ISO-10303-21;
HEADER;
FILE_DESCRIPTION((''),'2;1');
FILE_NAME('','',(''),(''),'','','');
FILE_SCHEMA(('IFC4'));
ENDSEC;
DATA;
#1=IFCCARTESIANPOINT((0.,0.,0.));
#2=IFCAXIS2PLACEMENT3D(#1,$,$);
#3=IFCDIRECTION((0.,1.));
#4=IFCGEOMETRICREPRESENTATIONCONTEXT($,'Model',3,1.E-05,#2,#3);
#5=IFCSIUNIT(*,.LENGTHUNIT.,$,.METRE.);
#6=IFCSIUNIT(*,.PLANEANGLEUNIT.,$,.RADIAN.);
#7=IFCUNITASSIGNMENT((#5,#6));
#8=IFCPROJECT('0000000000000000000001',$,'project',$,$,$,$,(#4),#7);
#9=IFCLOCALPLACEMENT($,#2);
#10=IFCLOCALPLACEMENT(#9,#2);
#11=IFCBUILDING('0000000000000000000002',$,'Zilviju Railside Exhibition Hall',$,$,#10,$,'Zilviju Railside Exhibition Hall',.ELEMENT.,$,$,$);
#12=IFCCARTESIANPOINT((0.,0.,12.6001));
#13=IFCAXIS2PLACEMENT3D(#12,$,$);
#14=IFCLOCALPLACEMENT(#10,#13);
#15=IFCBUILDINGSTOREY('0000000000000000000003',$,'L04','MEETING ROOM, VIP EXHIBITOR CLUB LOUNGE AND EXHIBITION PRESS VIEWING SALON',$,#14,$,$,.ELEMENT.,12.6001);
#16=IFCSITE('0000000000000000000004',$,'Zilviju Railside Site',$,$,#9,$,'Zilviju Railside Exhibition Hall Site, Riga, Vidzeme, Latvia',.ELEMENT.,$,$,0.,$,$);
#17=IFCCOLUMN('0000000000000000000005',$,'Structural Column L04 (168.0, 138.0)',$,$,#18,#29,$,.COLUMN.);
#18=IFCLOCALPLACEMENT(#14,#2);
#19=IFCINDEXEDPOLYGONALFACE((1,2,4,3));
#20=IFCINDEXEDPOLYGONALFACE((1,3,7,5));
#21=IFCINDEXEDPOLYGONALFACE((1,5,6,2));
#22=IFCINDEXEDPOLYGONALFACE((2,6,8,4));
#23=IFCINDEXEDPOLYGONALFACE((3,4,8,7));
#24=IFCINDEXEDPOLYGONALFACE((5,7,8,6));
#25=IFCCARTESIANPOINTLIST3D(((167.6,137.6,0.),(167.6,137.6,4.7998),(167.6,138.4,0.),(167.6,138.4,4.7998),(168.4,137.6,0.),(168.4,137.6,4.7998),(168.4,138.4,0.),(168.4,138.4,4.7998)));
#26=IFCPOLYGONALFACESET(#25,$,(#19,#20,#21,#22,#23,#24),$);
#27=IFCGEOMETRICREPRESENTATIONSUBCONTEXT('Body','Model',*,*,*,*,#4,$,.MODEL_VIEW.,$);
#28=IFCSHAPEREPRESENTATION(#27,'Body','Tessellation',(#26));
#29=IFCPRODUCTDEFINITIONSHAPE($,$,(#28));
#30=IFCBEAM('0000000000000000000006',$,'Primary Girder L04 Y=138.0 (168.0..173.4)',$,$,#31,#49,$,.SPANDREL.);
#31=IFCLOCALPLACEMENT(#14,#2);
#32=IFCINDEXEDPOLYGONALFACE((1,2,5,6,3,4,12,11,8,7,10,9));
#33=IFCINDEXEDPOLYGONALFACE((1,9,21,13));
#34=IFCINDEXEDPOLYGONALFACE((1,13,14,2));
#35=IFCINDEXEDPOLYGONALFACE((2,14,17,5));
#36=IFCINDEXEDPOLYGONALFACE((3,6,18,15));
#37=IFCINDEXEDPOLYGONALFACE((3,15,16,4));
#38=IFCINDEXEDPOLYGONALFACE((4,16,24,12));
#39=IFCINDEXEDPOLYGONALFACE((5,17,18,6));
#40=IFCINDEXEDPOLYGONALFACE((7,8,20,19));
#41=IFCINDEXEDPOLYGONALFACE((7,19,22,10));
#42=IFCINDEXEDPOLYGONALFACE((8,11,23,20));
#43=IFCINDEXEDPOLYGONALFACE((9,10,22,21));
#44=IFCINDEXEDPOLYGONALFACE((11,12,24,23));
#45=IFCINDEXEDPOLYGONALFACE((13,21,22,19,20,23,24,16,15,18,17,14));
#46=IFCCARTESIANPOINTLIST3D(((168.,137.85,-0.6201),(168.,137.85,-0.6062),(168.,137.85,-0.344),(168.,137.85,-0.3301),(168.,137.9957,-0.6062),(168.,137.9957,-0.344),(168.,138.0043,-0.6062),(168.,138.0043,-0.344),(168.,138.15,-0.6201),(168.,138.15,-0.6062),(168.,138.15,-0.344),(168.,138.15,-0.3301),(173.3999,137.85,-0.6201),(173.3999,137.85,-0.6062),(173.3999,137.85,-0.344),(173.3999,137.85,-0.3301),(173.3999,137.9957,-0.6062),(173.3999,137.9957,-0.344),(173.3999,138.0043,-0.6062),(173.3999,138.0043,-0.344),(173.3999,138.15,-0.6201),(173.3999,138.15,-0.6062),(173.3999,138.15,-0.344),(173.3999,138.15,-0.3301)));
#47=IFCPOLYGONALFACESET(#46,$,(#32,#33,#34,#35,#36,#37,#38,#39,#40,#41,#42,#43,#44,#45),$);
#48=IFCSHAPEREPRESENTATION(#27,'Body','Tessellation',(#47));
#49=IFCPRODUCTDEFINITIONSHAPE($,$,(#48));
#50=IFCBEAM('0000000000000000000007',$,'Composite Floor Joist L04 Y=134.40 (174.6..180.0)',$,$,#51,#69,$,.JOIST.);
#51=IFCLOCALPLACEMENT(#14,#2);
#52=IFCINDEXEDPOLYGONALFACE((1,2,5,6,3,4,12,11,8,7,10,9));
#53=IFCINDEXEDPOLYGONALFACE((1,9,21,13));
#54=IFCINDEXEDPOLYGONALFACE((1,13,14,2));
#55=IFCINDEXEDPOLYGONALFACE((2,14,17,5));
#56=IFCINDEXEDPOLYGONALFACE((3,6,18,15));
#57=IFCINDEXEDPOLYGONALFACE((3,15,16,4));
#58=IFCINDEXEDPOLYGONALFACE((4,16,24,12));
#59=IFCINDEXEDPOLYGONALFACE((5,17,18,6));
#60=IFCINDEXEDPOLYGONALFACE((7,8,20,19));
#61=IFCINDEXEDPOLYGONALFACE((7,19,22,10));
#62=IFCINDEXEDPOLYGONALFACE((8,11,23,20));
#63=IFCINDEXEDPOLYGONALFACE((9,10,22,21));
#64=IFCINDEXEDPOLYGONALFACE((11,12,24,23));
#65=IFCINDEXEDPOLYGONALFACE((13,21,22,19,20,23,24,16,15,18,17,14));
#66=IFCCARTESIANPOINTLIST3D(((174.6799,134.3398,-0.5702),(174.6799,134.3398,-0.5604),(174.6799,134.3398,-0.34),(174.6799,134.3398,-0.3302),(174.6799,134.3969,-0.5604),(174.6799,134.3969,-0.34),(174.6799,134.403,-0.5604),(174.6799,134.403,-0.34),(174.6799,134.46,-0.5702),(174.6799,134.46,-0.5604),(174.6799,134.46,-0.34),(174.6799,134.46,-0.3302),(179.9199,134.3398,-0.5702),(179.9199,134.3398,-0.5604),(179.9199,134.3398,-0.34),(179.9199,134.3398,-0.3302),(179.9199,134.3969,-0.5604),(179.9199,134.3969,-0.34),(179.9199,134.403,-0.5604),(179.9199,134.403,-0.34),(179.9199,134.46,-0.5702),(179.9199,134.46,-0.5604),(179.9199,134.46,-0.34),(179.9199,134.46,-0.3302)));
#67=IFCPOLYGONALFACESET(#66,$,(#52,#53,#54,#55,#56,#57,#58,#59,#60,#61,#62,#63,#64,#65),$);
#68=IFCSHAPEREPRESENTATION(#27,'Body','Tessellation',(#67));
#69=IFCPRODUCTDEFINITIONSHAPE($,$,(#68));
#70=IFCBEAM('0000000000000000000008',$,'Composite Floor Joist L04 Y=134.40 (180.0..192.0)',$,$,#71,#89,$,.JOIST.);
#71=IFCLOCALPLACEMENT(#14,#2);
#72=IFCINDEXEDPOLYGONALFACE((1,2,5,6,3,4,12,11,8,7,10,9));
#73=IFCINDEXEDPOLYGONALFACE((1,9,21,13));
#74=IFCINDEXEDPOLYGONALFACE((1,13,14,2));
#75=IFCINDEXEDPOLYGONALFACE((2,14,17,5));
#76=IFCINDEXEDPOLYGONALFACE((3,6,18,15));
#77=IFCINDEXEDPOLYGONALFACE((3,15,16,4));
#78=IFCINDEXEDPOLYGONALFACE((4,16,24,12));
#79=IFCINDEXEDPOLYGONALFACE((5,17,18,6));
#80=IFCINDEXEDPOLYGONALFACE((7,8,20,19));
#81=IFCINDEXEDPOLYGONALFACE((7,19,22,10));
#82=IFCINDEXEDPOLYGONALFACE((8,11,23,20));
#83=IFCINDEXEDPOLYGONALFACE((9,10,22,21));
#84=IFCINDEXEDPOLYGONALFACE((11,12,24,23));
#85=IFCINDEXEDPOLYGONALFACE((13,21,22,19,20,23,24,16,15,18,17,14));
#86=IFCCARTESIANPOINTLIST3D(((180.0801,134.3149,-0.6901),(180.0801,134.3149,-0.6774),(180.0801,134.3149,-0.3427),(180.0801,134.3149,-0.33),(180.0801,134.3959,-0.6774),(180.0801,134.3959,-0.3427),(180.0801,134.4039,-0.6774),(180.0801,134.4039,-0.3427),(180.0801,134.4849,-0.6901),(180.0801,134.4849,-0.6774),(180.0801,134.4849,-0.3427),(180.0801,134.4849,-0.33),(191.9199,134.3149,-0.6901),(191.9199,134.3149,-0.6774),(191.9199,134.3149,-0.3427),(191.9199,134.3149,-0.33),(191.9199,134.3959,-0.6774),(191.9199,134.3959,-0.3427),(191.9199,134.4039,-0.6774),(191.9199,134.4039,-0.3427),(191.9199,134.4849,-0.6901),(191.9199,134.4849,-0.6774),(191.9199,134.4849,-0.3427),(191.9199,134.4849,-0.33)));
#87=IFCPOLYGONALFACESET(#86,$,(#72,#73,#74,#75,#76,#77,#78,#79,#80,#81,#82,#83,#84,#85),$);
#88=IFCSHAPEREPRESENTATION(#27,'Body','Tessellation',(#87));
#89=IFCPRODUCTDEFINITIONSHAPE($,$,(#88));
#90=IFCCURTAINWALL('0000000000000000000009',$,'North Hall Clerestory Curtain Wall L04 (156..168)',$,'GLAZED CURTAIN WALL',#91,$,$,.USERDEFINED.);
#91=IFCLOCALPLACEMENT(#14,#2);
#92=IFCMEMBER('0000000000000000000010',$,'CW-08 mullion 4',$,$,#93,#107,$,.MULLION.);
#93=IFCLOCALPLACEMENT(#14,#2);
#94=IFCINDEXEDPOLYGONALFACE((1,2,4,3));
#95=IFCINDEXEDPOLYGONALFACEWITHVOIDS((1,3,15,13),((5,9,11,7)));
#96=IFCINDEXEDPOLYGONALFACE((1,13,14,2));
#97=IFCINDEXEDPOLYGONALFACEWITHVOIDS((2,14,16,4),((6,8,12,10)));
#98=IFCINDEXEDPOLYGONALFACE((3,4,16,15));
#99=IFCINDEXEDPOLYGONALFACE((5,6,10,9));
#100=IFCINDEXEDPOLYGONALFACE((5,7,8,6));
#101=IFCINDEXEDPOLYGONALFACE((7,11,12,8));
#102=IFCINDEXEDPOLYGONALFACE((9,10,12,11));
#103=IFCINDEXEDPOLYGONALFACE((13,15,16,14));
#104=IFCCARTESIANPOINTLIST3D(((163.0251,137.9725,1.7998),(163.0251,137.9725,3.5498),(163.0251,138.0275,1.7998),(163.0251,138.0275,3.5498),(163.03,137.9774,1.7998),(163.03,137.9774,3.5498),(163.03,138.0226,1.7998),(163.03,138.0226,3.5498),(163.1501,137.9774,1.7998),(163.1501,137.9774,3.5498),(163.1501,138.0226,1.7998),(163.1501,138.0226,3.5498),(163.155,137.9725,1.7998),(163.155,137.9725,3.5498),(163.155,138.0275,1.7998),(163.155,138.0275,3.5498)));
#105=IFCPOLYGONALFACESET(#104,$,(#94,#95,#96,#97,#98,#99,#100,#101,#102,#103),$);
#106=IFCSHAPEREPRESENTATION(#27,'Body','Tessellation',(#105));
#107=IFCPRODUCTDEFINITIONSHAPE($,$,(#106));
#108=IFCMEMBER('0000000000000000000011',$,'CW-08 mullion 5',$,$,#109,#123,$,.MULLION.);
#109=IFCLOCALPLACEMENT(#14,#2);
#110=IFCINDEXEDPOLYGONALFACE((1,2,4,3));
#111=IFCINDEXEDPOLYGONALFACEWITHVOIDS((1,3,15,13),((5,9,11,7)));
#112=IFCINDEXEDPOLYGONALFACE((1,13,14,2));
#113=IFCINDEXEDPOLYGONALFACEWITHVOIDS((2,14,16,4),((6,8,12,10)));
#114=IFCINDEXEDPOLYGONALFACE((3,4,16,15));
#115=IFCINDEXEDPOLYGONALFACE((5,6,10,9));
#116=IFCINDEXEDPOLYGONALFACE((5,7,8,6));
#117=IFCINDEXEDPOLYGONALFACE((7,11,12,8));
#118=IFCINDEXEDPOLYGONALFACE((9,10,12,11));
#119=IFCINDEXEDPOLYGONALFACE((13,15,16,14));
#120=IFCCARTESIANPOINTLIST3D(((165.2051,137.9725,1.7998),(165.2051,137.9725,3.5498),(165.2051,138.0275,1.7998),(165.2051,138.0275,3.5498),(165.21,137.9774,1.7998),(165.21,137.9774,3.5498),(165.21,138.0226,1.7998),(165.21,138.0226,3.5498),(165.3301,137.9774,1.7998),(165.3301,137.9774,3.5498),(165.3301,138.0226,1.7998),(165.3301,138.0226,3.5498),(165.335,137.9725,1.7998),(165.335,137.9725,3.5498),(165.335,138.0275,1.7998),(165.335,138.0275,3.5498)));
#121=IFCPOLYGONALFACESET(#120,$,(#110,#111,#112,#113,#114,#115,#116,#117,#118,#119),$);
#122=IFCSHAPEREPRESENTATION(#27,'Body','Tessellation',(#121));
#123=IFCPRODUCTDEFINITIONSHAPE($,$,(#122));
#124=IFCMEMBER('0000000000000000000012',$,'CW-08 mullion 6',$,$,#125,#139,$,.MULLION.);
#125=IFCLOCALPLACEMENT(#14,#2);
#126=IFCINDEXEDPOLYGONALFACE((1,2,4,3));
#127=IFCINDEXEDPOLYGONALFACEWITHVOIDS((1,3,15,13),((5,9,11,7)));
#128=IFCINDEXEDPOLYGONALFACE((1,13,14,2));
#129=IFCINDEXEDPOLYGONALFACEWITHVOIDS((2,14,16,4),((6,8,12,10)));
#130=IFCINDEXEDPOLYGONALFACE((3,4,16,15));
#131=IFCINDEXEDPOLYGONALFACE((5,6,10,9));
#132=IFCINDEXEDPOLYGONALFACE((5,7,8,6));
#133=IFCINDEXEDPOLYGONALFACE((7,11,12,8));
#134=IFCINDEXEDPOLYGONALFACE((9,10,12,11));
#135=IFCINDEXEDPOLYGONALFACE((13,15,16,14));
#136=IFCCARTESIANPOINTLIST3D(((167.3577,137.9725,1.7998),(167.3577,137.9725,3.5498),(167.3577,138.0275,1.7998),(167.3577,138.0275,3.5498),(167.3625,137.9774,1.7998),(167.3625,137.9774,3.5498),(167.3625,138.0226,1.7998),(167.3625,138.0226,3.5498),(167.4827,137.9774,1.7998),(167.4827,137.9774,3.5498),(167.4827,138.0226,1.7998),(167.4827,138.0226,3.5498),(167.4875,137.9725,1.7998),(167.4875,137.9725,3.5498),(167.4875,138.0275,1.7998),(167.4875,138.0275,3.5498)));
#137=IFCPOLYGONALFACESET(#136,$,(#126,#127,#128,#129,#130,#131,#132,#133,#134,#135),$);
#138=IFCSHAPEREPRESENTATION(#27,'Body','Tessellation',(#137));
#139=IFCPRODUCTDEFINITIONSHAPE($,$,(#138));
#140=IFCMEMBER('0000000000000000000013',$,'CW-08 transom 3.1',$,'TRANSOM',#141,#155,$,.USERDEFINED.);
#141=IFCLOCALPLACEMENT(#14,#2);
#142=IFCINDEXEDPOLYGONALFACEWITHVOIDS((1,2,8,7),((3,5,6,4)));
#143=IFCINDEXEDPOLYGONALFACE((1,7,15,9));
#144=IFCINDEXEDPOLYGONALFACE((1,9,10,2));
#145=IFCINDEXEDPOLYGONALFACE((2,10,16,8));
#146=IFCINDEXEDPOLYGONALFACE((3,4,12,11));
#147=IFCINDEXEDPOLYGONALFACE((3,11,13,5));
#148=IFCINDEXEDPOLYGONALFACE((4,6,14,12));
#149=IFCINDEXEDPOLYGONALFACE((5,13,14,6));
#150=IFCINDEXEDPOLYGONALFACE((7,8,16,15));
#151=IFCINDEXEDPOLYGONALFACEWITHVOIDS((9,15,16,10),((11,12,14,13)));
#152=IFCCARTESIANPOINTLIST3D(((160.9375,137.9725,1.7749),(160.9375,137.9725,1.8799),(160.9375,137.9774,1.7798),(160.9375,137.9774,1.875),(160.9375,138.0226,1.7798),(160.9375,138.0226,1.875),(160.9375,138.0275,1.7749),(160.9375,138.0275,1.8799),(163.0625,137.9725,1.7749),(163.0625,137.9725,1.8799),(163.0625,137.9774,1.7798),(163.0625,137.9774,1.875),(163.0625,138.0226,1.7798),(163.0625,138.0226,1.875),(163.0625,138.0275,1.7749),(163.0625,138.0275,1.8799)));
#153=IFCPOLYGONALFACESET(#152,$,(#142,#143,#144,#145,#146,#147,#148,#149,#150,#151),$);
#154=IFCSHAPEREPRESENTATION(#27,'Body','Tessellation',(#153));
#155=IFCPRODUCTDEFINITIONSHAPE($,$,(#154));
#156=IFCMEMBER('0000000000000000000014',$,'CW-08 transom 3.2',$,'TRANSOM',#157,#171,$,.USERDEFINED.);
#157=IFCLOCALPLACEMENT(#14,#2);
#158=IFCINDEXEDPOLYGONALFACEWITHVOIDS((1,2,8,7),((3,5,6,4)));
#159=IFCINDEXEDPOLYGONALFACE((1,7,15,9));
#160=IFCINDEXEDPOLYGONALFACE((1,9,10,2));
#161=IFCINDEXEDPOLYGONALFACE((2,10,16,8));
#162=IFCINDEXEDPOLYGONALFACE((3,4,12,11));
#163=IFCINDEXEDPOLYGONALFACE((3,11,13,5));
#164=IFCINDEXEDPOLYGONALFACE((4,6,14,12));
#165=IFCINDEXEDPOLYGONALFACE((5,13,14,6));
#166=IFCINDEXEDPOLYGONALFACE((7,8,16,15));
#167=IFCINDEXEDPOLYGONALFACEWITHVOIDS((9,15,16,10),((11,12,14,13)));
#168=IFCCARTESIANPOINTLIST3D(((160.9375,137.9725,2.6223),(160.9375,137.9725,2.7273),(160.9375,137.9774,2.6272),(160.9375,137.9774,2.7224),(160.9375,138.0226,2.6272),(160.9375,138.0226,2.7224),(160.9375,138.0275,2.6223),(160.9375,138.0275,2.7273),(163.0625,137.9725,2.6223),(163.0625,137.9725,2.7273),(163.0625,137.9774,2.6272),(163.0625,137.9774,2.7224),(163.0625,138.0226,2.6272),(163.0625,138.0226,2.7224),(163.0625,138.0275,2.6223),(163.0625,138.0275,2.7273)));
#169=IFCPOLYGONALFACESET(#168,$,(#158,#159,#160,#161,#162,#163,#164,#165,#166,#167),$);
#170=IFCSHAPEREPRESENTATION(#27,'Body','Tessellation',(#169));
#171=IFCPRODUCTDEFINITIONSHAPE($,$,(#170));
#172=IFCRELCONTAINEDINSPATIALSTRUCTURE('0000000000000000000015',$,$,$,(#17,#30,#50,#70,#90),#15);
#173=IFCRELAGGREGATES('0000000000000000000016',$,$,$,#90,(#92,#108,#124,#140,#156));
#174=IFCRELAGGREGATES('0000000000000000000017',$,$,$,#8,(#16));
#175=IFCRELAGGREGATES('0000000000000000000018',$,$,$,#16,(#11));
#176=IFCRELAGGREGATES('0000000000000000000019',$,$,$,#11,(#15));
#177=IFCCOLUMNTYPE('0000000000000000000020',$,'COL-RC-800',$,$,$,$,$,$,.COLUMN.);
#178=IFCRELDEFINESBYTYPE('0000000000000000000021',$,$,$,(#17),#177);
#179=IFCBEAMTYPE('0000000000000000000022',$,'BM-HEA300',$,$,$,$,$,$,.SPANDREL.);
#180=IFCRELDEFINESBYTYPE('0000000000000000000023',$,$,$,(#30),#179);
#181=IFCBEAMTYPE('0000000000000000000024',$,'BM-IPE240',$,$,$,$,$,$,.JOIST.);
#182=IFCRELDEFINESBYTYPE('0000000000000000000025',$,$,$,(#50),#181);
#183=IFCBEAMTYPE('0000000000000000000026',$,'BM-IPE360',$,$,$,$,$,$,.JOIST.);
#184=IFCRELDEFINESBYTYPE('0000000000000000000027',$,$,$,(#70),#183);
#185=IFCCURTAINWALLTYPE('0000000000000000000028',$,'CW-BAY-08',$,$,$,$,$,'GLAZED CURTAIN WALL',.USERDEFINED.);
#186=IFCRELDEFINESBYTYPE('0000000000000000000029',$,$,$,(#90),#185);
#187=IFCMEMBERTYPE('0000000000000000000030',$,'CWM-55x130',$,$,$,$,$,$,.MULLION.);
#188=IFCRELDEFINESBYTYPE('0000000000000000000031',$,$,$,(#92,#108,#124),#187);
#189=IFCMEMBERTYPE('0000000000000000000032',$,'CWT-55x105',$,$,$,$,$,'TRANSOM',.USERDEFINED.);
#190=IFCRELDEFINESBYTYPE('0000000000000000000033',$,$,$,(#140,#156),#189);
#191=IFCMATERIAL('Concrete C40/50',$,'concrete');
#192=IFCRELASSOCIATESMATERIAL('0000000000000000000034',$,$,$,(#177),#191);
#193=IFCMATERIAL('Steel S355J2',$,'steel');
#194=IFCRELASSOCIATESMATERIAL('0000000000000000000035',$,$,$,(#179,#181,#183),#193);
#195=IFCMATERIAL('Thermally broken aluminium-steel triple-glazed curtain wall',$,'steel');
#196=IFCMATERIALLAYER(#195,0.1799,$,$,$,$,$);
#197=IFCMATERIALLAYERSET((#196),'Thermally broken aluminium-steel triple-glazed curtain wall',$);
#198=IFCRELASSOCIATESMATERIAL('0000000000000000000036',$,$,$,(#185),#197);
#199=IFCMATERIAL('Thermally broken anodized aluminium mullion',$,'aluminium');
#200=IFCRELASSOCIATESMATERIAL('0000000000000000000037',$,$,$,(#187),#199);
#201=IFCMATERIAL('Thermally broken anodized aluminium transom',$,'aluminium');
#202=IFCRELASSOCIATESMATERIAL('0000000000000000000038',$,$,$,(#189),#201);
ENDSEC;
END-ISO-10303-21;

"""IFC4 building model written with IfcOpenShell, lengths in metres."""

from ifc_helpers import new_model, si_unit, direction, frame, origin, origin_2d, place, context, subcontext, project, spatial, rectangle, hollow_rectangle, i_section, extrude, material, layer, layer_set, material_profile, profile_set, type_object, element, aggregate, save


model = new_model("IFC4")

# Units and contexts
model_context = context("Model", 3, precision=1e-05, world=origin(), true_north=direction((0.0, 1.0)))
body_context = subcontext(model_context, "Body", "Model", "MODEL_VIEW")
ifc_project = project(units=[si_unit("LENGTHUNIT", "METRE"), si_unit("PLANEANGLEUNIT", "RADIAN")], contexts=[model_context])

# Site, building, storey
site_placement = place(None, origin())
site = spatial("IfcSite", under=ifc_project, at=site_placement, Name="Zilviju Railside Site", LongName="Zilviju Railside Exhibition Hall Site, Riga, Vidzeme, Latvia", CompositionType="ELEMENT", RefElevation=0.0)
building_placement = place(site_placement, origin())
building = spatial("IfcBuilding", under=site, at=building_placement, Name="Zilviju Railside Exhibition Hall", LongName="Zilviju Railside Exhibition Hall", CompositionType="ELEMENT")
storey_placement = place(building_placement, frame((0.0, 0.0, 12.6001)))
storey = spatial("IfcBuildingStorey", under=building, at=storey_placement, Name="L04", Description="MEETING ROOM, VIP EXHIBITOR CLUB LOUNGE AND EXHIBITION PRESS VIEWING SALON", CompositionType="ELEMENT", Elevation=12.6001)

# Column
ifc_material_1 = material(Name="Concrete C40/50", Category="concrete")
ifc_material_profile_1 = material_profile(ifc_material_1, rectangle(XDim=0.8, YDim=0.8, at=origin_2d()), Name="RC COL 800x800")
ifc_profile_set_1 = profile_set([ifc_material_profile_1], Name="Concrete C40/50")
column_type = type_object("IfcColumnType", Name="COL-RC-800", PredefinedType="COLUMN", material=ifc_profile_set_1)
column_placement = place(storey_placement, frame((168.0, 138.0, 0.0), z_axis=(0.0, 0.0, 1.0), x_axis=(1.0, 0.0, 0.0)))
element("IfcColumn", 1, at=column_placement, inside=storey, type_object=column_type, Name="Structural Column L04 (168.0, 138.0)", PredefinedType="COLUMN", context=body_context, shape_type="SweptSolid", body=[
    extrude(rectangle(XDim=0.8, YDim=0.8, at=origin_2d()), origin(), (0.0, 0.0, 1.0), 4.7998),
])

# Beams
ifc_material_2 = material(Name="Steel S355J2", Category="steel")
ifc_material_profile_2 = material_profile(ifc_material_2, i_section(OverallWidth=0.3, OverallDepth=0.29, WebThickness=0.0085, FlangeThickness=0.0139, at=origin_2d()), Name="HEA 300")
ifc_profile_set_2 = profile_set([ifc_material_profile_2], Name="Steel S355J2")
beam_type_1 = type_object("IfcBeamType", Name="BM-HEA300", PredefinedType="SPANDREL", material=ifc_profile_set_2)
beam_1_placement = place(storey_placement, frame((168.0, 138.0, -0.4751), z_axis=(1.0, 0.0, 0.0), x_axis=(0.0, 1.0, 0.0)))
element("IfcBeam", 2, at=beam_1_placement, inside=storey, type_object=beam_type_1, Name="Primary Girder L04 Y=138.0 (168.0..173.4)", PredefinedType="SPANDREL", context=body_context, shape_type="SweptSolid", body=[
    extrude(i_section(OverallWidth=0.3, OverallDepth=0.29, WebThickness=0.0085, FlangeThickness=0.0139, at=origin_2d()), origin(), (0.0, 0.0, 1.0), 5.3999),
])
ifc_material_profile_3 = material_profile(ifc_material_2, i_section(OverallWidth=0.1201, OverallDepth=0.24, WebThickness=0.0061, FlangeThickness=0.0098, at=origin_2d()), Name="IPE 240")
ifc_profile_set_3 = profile_set([ifc_material_profile_3], Name="Steel S355J2")
beam_type_2 = type_object("IfcBeamType", Name="BM-IPE240", PredefinedType="JOIST", material=ifc_profile_set_3)
beam_2_placement = place(storey_placement, frame((174.6799, 134.3999, -0.4502), z_axis=(1.0, 0.0, 0.0), x_axis=(0.0, 1.0, 0.0)))
element("IfcBeam", 3, at=beam_2_placement, inside=storey, type_object=beam_type_2, Name="Composite Floor Joist L04 Y=134.40 (174.6..180.0)", PredefinedType="JOIST", context=body_context, shape_type="SweptSolid", body=[
    extrude(i_section(OverallWidth=0.1201, OverallDepth=0.24, WebThickness=0.0061, FlangeThickness=0.0098, at=origin_2d()), origin(), (0.0, 0.0, 1.0), 5.24),
])
ifc_material_profile_4 = material_profile(ifc_material_2, i_section(OverallWidth=0.1699, OverallDepth=0.3601, WebThickness=0.0081, FlangeThickness=0.0127, at=origin_2d()), Name="IPE 360")
ifc_profile_set_4 = profile_set([ifc_material_profile_4], Name="Steel S355J2")
beam_type_3 = type_object("IfcBeamType", Name="BM-IPE360", PredefinedType="JOIST", material=ifc_profile_set_4)
beam_3_placement = place(storey_placement, frame((180.0801, 134.3999, -0.51), z_axis=(1.0, 0.0, 0.0), x_axis=(0.0, 1.0, 0.0)))
element("IfcBeam", 4, at=beam_3_placement, inside=storey, type_object=beam_type_3, Name="Composite Floor Joist L04 Y=134.40 (180.0..192.0)", PredefinedType="JOIST", context=body_context, shape_type="SweptSolid", body=[
    extrude(i_section(OverallWidth=0.1699, OverallDepth=0.3601, WebThickness=0.0081, FlangeThickness=0.0127, at=origin_2d()), origin(), (0.0, 0.0, 1.0), 11.8398),
])

# Curtain wall, members
ifc_material_3 = material(Name="Thermally broken aluminium-steel triple-glazed curtain wall", Category="steel")
ifc_layer_1 = layer(ifc_material_3, 0.1799)
ifc_layer_set_1 = layer_set([ifc_layer_1], Name="Thermally broken aluminium-steel triple-glazed curtain wall")
curtain_wall_type = type_object("IfcCurtainWallType", Name="CW-BAY-08", ElementType="GLAZED CURTAIN WALL", PredefinedType="USERDEFINED", material=ifc_layer_set_1)
curtain_wall_placement = place(storey_placement, origin())
curtain_wall = element("IfcCurtainWall", 5, at=curtain_wall_placement, inside=storey, type_object=curtain_wall_type, Name="North Hall Clerestory Curtain Wall L04 (156..168)", ObjectType="GLAZED CURTAIN WALL", PredefinedType="USERDEFINED")
ifc_material_4 = material(Name="Thermally broken anodized aluminium mullion", Category="aluminium")
ifc_material_profile_5 = material_profile(ifc_material_4, hollow_rectangle(XDim=0.0549, YDim=0.1299, WallThickness=0.0049, at=origin_2d()), Name="MULLION 130x55x5")
ifc_profile_set_5 = profile_set([ifc_material_profile_5], Name="Thermally broken anodized aluminium mullion")
member_type_1 = type_object("IfcMemberType", Name="CWM-55x130", PredefinedType="MULLION", material=ifc_profile_set_5)
member_1_placement = place(storey_placement, frame((163.0901, 138.0, 1.7998), z_axis=(0.0, 0.0, 1.0), x_axis=(0.0, 1.0, 0.0)))
member_1 = element("IfcMember", 6, at=member_1_placement, type_object=member_type_1, Name="CW-08 mullion 4", PredefinedType="MULLION", context=body_context, shape_type="SweptSolid", body=[
    extrude(hollow_rectangle(XDim=0.0549, YDim=0.1299, WallThickness=0.0049, at=origin_2d()), origin(), (0.0, 0.0, 1.0), 1.75),
])
member_2_placement = place(storey_placement, frame((165.27, 138.0, 1.7998), z_axis=(0.0, 0.0, 1.0), x_axis=(0.0, 1.0, 0.0)))
member_2 = element("IfcMember", 7, at=member_2_placement, type_object=member_type_1, Name="CW-08 mullion 5", PredefinedType="MULLION", context=body_context, shape_type="SweptSolid", body=[
    extrude(hollow_rectangle(XDim=0.0549, YDim=0.1299, WallThickness=0.0049, at=origin_2d()), origin(), (0.0, 0.0, 1.0), 1.75),
])
member_3_placement = place(storey_placement, frame((167.4226, 138.0, 1.7998), z_axis=(0.0, 0.0, 1.0), x_axis=(0.0, 1.0, 0.0)))
member_3 = element("IfcMember", 8, at=member_3_placement, type_object=member_type_1, Name="CW-08 mullion 6", PredefinedType="MULLION", context=body_context, shape_type="SweptSolid", body=[
    extrude(hollow_rectangle(XDim=0.0549, YDim=0.1299, WallThickness=0.0049, at=origin_2d()), origin(), (0.0, 0.0, 1.0), 1.75),
])
ifc_material_5 = material(Name="Thermally broken anodized aluminium transom", Category="aluminium")
ifc_material_profile_6 = material_profile(ifc_material_5, hollow_rectangle(XDim=0.0549, YDim=0.105, WallThickness=0.0049, at=origin_2d()), Name="TRANSOM 105x55x5")
ifc_profile_set_6 = profile_set([ifc_material_profile_6], Name="Thermally broken anodized aluminium transom")
member_type_2 = type_object("IfcMemberType", Name="CWT-55x105", ElementType="TRANSOM", PredefinedType="USERDEFINED", material=ifc_profile_set_6)
member_4_placement = place(storey_placement, frame((160.9375, 138.0, 1.8274), z_axis=(1.0, 0.0, 0.0), x_axis=(0.0, 1.0, 0.0)))
member_4 = element("IfcMember", 9, at=member_4_placement, type_object=member_type_2, Name="CW-08 transom 3.1", ObjectType="TRANSOM", PredefinedType="USERDEFINED", context=body_context, shape_type="SweptSolid", body=[
    extrude(hollow_rectangle(XDim=0.0549, YDim=0.105, WallThickness=0.0049, at=origin_2d()), origin(), (0.0, 0.0, 1.0), 2.125),
])
member_5_placement = place(storey_placement, frame((160.9375, 138.0, 2.6748), z_axis=(1.0, 0.0, 0.0), x_axis=(0.0, 1.0, 0.0)))
member_5 = element("IfcMember", 10, at=member_5_placement, type_object=member_type_2, Name="CW-08 transom 3.2", ObjectType="TRANSOM", PredefinedType="USERDEFINED", context=body_context, shape_type="SweptSolid", body=[
    extrude(hollow_rectangle(XDim=0.0549, YDim=0.105, WallThickness=0.0049, at=origin_2d()), origin(), (0.0, 0.0, 1.0), 2.125),
])
aggregate(curtain_wall, [member_1, member_2, member_3, member_4, member_5])

save(model, "model.ifc")
